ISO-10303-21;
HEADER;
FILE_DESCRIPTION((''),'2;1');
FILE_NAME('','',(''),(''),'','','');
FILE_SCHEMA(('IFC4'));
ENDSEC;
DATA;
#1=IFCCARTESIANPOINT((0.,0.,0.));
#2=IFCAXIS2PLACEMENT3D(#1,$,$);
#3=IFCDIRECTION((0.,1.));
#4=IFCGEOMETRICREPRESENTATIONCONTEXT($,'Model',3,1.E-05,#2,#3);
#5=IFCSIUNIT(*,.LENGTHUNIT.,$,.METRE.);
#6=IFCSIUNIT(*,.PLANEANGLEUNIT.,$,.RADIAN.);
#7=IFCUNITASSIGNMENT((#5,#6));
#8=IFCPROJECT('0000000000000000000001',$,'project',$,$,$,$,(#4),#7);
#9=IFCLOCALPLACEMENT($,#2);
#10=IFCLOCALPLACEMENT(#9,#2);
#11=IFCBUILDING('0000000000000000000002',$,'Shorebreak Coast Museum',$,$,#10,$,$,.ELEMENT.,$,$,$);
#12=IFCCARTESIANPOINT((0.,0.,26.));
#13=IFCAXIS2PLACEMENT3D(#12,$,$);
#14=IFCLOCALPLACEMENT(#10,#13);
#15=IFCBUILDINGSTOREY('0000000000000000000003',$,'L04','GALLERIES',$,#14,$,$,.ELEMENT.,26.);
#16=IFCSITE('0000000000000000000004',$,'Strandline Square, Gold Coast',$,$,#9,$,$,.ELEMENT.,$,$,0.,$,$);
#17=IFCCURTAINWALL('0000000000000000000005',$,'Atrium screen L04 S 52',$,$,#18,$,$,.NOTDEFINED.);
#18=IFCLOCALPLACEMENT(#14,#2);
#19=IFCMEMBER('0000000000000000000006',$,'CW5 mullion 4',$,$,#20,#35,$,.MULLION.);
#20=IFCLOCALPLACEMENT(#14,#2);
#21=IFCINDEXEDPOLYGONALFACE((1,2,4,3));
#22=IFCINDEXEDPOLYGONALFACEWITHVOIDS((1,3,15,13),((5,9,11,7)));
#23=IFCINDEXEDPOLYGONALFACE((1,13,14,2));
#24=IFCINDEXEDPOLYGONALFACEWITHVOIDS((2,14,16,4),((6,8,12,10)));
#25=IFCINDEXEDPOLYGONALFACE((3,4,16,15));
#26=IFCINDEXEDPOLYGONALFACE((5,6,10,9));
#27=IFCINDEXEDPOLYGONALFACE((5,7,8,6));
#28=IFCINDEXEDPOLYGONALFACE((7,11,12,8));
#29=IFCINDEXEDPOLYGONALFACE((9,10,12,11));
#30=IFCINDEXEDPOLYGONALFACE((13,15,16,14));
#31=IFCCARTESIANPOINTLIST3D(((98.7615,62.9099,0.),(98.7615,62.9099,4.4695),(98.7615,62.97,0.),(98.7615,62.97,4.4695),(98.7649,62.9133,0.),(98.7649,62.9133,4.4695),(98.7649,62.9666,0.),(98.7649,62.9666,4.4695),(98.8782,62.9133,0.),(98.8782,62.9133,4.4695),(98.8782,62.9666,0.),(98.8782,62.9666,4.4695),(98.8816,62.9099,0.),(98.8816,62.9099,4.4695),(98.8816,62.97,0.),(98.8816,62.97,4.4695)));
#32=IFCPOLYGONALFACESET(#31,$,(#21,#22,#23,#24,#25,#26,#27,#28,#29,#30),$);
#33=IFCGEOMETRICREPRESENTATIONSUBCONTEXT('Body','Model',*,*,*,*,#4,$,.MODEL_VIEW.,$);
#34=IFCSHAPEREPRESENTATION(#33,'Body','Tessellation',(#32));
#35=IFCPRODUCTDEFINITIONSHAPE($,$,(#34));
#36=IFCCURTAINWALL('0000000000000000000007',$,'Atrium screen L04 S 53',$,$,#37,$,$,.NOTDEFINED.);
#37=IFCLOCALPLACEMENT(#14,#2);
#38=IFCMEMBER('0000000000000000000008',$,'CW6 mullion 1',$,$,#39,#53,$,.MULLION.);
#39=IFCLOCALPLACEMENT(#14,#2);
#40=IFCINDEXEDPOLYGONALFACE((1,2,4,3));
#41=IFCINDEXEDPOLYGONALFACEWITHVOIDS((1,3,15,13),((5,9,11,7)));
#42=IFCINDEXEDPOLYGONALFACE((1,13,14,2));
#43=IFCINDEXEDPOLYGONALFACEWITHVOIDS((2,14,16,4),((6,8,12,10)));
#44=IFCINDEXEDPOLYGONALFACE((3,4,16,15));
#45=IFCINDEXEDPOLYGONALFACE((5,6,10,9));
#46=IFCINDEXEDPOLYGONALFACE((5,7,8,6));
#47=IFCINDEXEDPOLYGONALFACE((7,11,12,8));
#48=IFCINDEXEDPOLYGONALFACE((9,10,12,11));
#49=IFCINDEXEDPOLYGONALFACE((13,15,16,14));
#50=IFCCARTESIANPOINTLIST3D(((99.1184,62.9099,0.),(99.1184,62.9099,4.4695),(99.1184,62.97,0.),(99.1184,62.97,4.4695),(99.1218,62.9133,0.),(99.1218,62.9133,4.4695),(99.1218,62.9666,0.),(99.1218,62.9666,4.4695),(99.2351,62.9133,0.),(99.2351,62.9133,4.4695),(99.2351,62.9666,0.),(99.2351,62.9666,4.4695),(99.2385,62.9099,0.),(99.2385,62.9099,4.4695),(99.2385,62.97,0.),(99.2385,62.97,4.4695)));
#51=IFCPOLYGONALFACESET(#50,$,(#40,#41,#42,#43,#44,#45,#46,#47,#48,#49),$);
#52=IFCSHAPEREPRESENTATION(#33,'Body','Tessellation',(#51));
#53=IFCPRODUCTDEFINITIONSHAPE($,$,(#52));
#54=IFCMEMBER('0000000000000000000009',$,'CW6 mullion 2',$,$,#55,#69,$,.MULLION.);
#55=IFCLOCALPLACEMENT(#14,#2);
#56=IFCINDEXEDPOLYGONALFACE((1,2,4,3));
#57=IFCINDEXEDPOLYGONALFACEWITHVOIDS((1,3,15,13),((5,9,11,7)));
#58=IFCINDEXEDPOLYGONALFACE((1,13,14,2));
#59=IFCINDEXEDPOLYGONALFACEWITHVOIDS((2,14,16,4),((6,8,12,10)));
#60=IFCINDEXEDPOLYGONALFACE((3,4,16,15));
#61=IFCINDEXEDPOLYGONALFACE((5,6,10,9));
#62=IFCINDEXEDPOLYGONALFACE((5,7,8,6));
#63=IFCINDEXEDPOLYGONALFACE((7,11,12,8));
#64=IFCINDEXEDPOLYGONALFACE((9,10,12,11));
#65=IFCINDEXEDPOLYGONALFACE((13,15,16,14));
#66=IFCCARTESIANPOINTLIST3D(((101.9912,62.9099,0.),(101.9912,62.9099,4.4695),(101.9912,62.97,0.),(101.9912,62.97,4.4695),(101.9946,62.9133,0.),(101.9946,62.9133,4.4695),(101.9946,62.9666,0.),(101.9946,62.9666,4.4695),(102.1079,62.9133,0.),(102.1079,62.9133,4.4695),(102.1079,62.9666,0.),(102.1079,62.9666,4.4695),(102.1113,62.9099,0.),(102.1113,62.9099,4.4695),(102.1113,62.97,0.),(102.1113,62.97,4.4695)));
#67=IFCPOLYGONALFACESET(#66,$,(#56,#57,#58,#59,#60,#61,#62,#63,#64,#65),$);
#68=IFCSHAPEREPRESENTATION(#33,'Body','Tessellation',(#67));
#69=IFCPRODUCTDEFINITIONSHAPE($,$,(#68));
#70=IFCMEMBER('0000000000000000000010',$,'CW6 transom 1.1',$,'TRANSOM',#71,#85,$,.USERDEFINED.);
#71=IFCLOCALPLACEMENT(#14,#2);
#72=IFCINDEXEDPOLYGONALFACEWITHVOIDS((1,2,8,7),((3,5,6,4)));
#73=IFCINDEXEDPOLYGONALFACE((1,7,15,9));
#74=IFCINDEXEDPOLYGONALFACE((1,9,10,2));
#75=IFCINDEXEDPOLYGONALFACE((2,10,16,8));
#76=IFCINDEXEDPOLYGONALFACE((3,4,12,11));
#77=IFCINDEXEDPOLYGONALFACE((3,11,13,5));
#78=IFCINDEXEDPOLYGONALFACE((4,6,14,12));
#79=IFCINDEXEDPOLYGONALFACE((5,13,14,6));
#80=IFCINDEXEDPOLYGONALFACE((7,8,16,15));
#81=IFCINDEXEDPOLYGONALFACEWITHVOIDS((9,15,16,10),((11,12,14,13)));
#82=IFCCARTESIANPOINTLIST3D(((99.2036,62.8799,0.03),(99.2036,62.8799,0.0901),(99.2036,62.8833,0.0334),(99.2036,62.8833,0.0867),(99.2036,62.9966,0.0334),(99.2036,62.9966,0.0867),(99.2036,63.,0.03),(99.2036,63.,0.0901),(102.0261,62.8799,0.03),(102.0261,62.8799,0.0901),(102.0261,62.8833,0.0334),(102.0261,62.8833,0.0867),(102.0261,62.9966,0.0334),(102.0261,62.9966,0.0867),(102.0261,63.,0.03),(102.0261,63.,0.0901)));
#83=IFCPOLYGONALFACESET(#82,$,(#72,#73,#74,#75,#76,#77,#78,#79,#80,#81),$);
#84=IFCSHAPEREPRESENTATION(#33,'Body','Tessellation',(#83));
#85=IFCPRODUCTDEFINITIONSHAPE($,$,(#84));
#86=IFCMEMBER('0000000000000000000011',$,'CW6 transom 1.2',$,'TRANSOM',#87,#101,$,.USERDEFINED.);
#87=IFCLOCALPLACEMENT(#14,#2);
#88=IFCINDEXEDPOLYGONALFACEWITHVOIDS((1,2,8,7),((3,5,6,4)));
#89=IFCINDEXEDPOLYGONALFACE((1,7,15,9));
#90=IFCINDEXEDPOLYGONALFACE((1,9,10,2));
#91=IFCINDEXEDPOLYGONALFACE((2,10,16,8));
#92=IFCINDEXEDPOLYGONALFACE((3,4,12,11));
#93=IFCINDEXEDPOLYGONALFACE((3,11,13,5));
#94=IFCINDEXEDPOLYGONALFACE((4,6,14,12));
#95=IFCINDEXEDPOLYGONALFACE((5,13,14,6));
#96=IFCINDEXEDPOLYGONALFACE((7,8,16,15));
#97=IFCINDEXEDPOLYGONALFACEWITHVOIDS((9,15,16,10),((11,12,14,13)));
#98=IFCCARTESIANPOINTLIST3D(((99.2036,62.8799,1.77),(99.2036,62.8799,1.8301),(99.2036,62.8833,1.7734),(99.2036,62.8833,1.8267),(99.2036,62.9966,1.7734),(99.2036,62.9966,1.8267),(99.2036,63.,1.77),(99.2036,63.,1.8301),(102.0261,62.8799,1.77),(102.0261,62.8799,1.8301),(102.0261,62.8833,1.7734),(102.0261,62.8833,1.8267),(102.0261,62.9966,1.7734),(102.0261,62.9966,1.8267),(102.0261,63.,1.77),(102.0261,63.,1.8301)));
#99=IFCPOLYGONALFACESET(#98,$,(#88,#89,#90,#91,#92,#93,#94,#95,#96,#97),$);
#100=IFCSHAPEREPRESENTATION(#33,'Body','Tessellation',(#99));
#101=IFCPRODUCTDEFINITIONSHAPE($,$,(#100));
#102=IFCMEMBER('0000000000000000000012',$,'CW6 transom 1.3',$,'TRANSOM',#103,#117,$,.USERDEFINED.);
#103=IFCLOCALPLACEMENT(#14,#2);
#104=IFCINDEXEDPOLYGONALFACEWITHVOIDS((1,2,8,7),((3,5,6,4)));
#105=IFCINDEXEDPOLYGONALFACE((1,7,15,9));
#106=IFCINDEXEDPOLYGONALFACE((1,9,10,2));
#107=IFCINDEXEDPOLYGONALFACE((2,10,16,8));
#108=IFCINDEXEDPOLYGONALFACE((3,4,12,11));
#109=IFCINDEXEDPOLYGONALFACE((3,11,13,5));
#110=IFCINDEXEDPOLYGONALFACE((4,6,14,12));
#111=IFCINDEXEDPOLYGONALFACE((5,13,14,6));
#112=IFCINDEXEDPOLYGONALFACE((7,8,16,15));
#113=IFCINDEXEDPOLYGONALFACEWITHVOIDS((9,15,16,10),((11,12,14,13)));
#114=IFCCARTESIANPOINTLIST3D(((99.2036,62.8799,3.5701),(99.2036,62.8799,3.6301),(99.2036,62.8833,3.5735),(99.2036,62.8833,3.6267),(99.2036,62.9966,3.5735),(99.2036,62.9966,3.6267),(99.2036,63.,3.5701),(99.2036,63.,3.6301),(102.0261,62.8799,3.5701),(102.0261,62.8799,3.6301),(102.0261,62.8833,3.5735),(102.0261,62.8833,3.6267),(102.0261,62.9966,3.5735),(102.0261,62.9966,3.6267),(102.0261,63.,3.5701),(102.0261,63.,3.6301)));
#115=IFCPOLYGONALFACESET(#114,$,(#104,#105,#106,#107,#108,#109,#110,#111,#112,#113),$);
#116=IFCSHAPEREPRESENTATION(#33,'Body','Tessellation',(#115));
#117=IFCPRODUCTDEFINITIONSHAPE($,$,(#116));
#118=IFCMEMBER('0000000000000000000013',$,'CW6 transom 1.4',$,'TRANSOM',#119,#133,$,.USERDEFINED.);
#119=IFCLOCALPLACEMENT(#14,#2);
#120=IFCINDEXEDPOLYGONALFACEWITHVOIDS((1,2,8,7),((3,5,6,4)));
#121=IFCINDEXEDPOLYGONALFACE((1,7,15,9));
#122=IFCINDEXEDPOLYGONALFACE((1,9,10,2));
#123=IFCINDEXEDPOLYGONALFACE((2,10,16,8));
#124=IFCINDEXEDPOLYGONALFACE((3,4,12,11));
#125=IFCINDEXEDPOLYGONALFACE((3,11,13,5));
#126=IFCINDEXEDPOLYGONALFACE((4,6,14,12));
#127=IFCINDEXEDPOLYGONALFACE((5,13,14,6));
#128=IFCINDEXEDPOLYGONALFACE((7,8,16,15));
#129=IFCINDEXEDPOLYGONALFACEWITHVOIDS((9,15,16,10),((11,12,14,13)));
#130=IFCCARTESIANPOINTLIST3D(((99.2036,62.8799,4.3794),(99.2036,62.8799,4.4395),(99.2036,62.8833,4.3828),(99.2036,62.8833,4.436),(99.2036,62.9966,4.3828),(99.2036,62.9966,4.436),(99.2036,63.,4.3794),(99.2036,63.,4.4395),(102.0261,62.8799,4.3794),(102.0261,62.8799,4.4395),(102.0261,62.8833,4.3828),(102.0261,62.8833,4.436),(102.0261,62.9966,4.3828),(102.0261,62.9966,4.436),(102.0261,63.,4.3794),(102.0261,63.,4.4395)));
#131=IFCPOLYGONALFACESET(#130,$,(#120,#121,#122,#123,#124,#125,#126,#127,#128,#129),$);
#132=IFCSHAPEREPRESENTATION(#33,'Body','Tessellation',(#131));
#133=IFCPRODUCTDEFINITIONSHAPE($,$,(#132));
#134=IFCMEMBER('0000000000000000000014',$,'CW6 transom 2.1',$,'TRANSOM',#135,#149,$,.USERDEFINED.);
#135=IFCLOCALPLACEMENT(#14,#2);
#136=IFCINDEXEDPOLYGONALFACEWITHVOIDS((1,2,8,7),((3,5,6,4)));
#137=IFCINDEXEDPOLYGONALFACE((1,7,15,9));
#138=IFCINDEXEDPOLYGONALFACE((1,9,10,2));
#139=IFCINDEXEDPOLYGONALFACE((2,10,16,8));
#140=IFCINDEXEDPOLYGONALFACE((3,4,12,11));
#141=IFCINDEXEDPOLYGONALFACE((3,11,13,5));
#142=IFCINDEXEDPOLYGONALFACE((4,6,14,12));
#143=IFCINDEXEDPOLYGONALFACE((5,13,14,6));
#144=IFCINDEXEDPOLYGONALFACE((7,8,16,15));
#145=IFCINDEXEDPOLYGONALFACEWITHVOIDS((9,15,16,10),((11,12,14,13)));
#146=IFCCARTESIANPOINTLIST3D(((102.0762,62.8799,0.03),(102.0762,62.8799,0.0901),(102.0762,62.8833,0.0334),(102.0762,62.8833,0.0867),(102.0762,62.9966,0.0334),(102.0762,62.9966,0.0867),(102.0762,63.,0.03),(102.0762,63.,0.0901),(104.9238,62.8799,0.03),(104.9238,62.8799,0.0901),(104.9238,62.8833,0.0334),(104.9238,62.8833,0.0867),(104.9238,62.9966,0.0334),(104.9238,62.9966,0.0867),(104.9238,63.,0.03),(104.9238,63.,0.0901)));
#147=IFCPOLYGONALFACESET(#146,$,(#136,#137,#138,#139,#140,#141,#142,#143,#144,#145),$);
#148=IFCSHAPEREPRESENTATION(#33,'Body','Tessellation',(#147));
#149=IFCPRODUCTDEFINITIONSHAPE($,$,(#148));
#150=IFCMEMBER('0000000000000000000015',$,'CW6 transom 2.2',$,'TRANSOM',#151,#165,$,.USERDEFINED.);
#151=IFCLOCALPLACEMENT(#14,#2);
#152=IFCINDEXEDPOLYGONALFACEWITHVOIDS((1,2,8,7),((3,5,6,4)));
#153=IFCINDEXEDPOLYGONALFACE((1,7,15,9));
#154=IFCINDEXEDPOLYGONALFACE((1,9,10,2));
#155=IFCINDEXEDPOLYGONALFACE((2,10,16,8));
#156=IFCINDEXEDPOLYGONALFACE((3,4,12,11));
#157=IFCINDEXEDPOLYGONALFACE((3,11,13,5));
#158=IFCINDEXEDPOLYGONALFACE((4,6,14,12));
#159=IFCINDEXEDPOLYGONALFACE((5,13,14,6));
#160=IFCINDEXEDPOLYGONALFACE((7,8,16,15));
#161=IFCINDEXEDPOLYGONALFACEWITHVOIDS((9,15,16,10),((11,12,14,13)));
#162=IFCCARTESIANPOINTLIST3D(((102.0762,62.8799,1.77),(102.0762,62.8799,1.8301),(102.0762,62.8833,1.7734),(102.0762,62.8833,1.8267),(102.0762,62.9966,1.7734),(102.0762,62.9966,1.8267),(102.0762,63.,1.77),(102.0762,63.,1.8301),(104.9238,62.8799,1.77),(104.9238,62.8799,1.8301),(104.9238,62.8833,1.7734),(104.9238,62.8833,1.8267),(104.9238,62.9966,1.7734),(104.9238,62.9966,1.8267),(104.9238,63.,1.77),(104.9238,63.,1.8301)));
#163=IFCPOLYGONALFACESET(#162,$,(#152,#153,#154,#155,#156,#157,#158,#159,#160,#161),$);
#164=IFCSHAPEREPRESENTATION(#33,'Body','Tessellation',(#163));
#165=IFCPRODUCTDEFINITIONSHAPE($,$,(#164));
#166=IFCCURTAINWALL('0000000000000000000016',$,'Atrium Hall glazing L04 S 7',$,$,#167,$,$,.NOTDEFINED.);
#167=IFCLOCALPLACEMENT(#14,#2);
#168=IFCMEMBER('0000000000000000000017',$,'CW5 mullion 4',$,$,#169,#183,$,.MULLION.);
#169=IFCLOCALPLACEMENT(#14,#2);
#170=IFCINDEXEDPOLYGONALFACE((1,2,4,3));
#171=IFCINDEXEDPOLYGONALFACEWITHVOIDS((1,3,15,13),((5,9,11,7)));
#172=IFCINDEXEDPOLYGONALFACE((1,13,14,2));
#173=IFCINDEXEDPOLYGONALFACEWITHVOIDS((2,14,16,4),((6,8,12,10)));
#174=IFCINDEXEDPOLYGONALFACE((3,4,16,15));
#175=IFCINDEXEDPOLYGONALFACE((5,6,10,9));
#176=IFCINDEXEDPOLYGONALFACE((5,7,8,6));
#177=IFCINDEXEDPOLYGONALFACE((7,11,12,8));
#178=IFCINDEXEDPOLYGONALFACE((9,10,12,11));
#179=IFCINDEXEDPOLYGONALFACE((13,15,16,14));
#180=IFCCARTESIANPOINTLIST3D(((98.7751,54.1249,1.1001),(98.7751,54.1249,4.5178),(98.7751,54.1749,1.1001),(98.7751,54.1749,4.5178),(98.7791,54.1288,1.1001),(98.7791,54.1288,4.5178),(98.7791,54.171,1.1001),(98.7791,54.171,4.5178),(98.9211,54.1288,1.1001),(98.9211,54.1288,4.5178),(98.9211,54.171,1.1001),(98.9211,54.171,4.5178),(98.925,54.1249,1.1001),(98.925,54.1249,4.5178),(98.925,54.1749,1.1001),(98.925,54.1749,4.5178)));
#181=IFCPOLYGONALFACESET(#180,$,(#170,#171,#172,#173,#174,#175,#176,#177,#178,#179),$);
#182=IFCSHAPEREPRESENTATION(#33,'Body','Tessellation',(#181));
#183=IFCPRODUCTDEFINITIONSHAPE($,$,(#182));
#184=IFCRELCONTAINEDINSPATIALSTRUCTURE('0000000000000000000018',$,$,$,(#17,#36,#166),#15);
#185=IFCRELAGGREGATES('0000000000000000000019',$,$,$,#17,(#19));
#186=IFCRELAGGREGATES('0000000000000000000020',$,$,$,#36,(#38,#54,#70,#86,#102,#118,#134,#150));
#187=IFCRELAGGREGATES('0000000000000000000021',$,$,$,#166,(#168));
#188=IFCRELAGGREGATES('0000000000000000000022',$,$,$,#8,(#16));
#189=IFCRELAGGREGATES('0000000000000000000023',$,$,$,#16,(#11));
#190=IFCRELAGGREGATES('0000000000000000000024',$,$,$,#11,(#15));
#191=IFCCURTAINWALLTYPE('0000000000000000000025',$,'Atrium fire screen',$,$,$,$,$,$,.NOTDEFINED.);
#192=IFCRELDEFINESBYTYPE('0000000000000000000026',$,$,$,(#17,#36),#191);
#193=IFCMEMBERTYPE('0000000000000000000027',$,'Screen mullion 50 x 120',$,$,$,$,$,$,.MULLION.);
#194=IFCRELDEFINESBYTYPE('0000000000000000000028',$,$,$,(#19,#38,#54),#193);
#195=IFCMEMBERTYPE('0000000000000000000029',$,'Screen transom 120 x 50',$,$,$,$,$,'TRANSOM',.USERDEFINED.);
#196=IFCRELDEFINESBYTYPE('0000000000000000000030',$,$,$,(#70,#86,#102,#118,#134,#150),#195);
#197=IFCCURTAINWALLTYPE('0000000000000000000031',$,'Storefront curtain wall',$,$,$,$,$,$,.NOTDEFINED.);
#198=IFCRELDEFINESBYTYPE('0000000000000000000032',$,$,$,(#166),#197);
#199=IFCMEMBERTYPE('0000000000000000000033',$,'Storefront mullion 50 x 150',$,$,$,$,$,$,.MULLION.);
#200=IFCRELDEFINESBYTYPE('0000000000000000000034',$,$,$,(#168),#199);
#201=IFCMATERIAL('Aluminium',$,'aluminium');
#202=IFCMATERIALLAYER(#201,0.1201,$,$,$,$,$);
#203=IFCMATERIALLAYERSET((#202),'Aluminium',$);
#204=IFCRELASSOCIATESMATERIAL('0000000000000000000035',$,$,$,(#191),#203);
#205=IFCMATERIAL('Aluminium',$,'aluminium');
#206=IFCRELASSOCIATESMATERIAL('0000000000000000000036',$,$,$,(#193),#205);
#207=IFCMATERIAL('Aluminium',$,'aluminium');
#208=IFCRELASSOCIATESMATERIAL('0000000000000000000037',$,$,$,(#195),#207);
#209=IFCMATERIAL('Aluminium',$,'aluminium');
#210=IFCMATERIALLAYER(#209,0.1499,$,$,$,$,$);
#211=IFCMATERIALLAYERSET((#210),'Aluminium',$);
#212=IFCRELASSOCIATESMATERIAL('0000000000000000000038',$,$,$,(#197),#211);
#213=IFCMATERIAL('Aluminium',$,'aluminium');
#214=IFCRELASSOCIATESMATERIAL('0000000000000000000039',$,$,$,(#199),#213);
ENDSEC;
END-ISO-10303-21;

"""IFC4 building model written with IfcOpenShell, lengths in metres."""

from ifc_helpers import new_model, si_unit, direction, frame, origin, origin_2d, place, context, subcontext, project, spatial, hollow_rectangle, extrude, material, layer, layer_set, material_profile, profile_set, type_object, element, aggregate, save


model = new_model("IFC4")

# Units and contexts
model_context = context("Model", 3, precision=1e-05, world=origin(), true_north=direction((0.0, 1.0)))
body_context = subcontext(model_context, "Body", "Model", "MODEL_VIEW")
ifc_project = project(units=[si_unit("LENGTHUNIT", "METRE"), si_unit("PLANEANGLEUNIT", "RADIAN")], contexts=[model_context])

# Site, building, storey
site_placement = place(None, origin())
site = spatial("IfcSite", under=ifc_project, at=site_placement, Name="Strandline Square, Gold Coast", CompositionType="ELEMENT", RefElevation=0.0)
building_placement = place(site_placement, origin())
building = spatial("IfcBuilding", under=site, at=building_placement, Name="Shorebreak Coast Museum", CompositionType="ELEMENT")
storey_placement = place(building_placement, frame((0.0, 0.0, 26.0)))
storey = spatial("IfcBuildingStorey", under=building, at=storey_placement, Name="L04", Description="GALLERIES", CompositionType="ELEMENT", Elevation=26.0)

# Curtain wall, member
ifc_material_1 = material(Name="Aluminium", Category="aluminium")
ifc_layer_1 = layer(ifc_material_1, 0.1201)
ifc_layer_set_1 = layer_set([ifc_layer_1], Name="Aluminium")
curtain_wall_type_1 = type_object("IfcCurtainWallType", Name="Atrium fire screen", PredefinedType="NOTDEFINED", material=ifc_layer_set_1)
curtain_wall_1_placement = place(storey_placement, origin())
curtain_wall_1 = element("IfcCurtainWall", 1, at=curtain_wall_1_placement, inside=storey, type_object=curtain_wall_type_1, Name="Atrium screen L04 S 52", PredefinedType="NOTDEFINED")
ifc_material_2 = material(Name="Aluminium", Category="aluminium")
ifc_material_profile_1 = material_profile(ifc_material_2, hollow_rectangle(XDim=0.0601, YDim=0.1201, WallThickness=0.0034, at=origin_2d()), Name="AL 120x60 RHS")
ifc_profile_set_1 = profile_set([ifc_material_profile_1], Name="Aluminium")
member_type_1 = type_object("IfcMemberType", Name="Screen mullion 50 x 120", PredefinedType="MULLION", material=ifc_profile_set_1)
member_1_placement = place(storey_placement, frame((98.8215, 62.9399, 0.0), z_axis=(0.0, 0.0, 1.0), x_axis=(0.0, 1.0, 0.0)))
member_1 = element("IfcMember", 2, at=member_1_placement, type_object=member_type_1, Name="CW5 mullion 4", PredefinedType="MULLION", context=body_context, shape_type="SweptSolid", body=[
    extrude(hollow_rectangle(XDim=0.0601, YDim=0.1201, WallThickness=0.0034, at=origin_2d()), origin(), (0.0, 0.0, 1.0), 4.4695),
])
aggregate(curtain_wall_1, [member_1])

# Curtain wall, members
curtain_wall_2_placement = place(storey_placement, origin())
curtain_wall_2 = element("IfcCurtainWall", 3, at=curtain_wall_2_placement, inside=storey, type_object=curtain_wall_type_1, Name="Atrium screen L04 S 53", PredefinedType="NOTDEFINED")
member_2_placement = place(storey_placement, frame((99.1785, 62.9399, 0.0), z_axis=(0.0, 0.0, 1.0), x_axis=(0.0, 1.0, 0.0)))
member_2 = element("IfcMember", 4, at=member_2_placement, type_object=member_type_1, Name="CW6 mullion 1", PredefinedType="MULLION", context=body_context, shape_type="SweptSolid", body=[
    extrude(hollow_rectangle(XDim=0.0601, YDim=0.1201, WallThickness=0.0034, at=origin_2d()), origin(), (0.0, 0.0, 1.0), 4.4695),
])
member_3_placement = place(storey_placement, frame((102.0513, 62.9399, 0.0), z_axis=(0.0, 0.0, 1.0), x_axis=(0.0, 1.0, 0.0)))
member_3 = element("IfcMember", 5, at=member_3_placement, type_object=member_type_1, Name="CW6 mullion 2", PredefinedType="MULLION", context=body_context, shape_type="SweptSolid", body=[
    extrude(hollow_rectangle(XDim=0.0601, YDim=0.1201, WallThickness=0.0034, at=origin_2d()), origin(), (0.0, 0.0, 1.0), 4.4695),
])
ifc_material_3 = material(Name="Aluminium", Category="aluminium")
ifc_material_profile_2 = material_profile(ifc_material_3, hollow_rectangle(XDim=0.1201, YDim=0.0601, WallThickness=0.0034, at=origin_2d()), Name="AL 60x120 RHS")
ifc_profile_set_2 = profile_set([ifc_material_profile_2], Name="Aluminium")
member_type_2 = type_object("IfcMemberType", Name="Screen transom 120 x 50", ElementType="TRANSOM", PredefinedType="USERDEFINED", material=ifc_profile_set_2)
member_4_placement = place(storey_placement, frame((99.2036, 62.9399, 0.0601), z_axis=(1.0, 0.0, 0.0), x_axis=(0.0, 1.0, 0.0)))
member_4 = element("IfcMember", 6, at=member_4_placement, type_object=member_type_2, Name="CW6 transom 1.1", ObjectType="TRANSOM", PredefinedType="USERDEFINED", context=body_context, shape_type="SweptSolid", body=[
    extrude(hollow_rectangle(XDim=0.1201, YDim=0.0601, WallThickness=0.0034, at=origin_2d()), origin(), (0.0, 0.0, 1.0), 2.8225),
])
member_5_placement = place(storey_placement, frame((99.2036, 62.9399, 1.8), z_axis=(1.0, 0.0, 0.0), x_axis=(0.0, 1.0, 0.0)))
member_5 = element("IfcMember", 7, at=member_5_placement, type_object=member_type_2, Name="CW6 transom 1.2", ObjectType="TRANSOM", PredefinedType="USERDEFINED", context=body_context, shape_type="SweptSolid", body=[
    extrude(hollow_rectangle(XDim=0.1201, YDim=0.0601, WallThickness=0.0034, at=origin_2d()), origin(), (0.0, 0.0, 1.0), 2.8225),
])
member_6_placement = place(storey_placement, frame((99.2036, 62.9399, 3.6001), z_axis=(1.0, 0.0, 0.0), x_axis=(0.0, 1.0, 0.0)))
member_6 = element("IfcMember", 8, at=member_6_placement, type_object=member_type_2, Name="CW6 transom 1.3", ObjectType="TRANSOM", PredefinedType="USERDEFINED", context=body_context, shape_type="SweptSolid", body=[
    extrude(hollow_rectangle(XDim=0.1201, YDim=0.0601, WallThickness=0.0034, at=origin_2d()), origin(), (0.0, 0.0, 1.0), 2.8225),
])
member_7_placement = place(storey_placement, frame((99.2036, 62.9399, 4.4094), z_axis=(1.0, 0.0, 0.0), x_axis=(0.0, 1.0, 0.0)))
member_7 = element("IfcMember", 9, at=member_7_placement, type_object=member_type_2, Name="CW6 transom 1.4", ObjectType="TRANSOM", PredefinedType="USERDEFINED", context=body_context, shape_type="SweptSolid", body=[
    extrude(hollow_rectangle(XDim=0.1201, YDim=0.0601, WallThickness=0.0034, at=origin_2d()), origin(), (0.0, 0.0, 1.0), 2.8225),
])
member_8_placement = place(storey_placement, frame((102.0762, 62.9399, 0.0601), z_axis=(1.0, 0.0, 0.0), x_axis=(0.0, 1.0, 0.0)))
member_8 = element("IfcMember", 10, at=member_8_placement, type_object=member_type_2, Name="CW6 transom 2.1", ObjectType="TRANSOM", PredefinedType="USERDEFINED", context=body_context, shape_type="SweptSolid", body=[
    extrude(hollow_rectangle(XDim=0.1201, YDim=0.0601, WallThickness=0.0034, at=origin_2d()), origin(), (0.0, 0.0, 1.0), 2.8477),
])
member_9_placement = place(storey_placement, frame((102.0762, 62.9399, 1.8), z_axis=(1.0, 0.0, 0.0), x_axis=(0.0, 1.0, 0.0)))
member_9 = element("IfcMember", 11, at=member_9_placement, type_object=member_type_2, Name="CW6 transom 2.2", ObjectType="TRANSOM", PredefinedType="USERDEFINED", context=body_context, shape_type="SweptSolid", body=[
    extrude(hollow_rectangle(XDim=0.1201, YDim=0.0601, WallThickness=0.0034, at=origin_2d()), origin(), (0.0, 0.0, 1.0), 2.8477),
])

# Curtain wall, member
ifc_material_4 = material(Name="Aluminium", Category="aluminium")
ifc_layer_2 = layer(ifc_material_4, 0.1499)
ifc_layer_set_2 = layer_set([ifc_layer_2], Name="Aluminium")
curtain_wall_type_2 = type_object("IfcCurtainWallType", Name="Storefront curtain wall", PredefinedType="NOTDEFINED", material=ifc_layer_set_2)
curtain_wall_3_placement = place(storey_placement, origin())
curtain_wall_3 = element("IfcCurtainWall", 12, at=curtain_wall_3_placement, inside=storey, type_object=curtain_wall_type_2, Name="Atrium Hall glazing L04 S 7", PredefinedType="NOTDEFINED")
ifc_material_5 = material(Name="Aluminium", Category="aluminium")
ifc_material_profile_3 = material_profile(ifc_material_5, hollow_rectangle(XDim=0.05, YDim=0.1499, WallThickness=0.0039, at=origin_2d()), Name="AL 150x50 RHS")
ifc_profile_set_3 = profile_set([ifc_material_profile_3], Name="Aluminium")
member_type_3 = type_object("IfcMemberType", Name="Storefront mullion 50 x 150", PredefinedType="MULLION", material=ifc_profile_set_3)
member_10_placement = place(storey_placement, frame((98.8501, 54.1499, 1.1001), z_axis=(0.0, 0.0, 1.0), x_axis=(0.0, 1.0, 0.0)))
member_10 = element("IfcMember", 13, at=member_10_placement, type_object=member_type_3, Name="CW5 mullion 4", PredefinedType="MULLION", context=body_context, shape_type="SweptSolid", body=[
    extrude(hollow_rectangle(XDim=0.05, YDim=0.1499, WallThickness=0.0039, at=origin_2d()), origin(), (0.0, 0.0, 1.0), 3.4177),
])

aggregate(curtain_wall_2, [member_2, member_3, member_4, member_5, member_6, member_7, member_8, member_9])
aggregate(curtain_wall_3, [member_10])

save(model, "model.ifc")
